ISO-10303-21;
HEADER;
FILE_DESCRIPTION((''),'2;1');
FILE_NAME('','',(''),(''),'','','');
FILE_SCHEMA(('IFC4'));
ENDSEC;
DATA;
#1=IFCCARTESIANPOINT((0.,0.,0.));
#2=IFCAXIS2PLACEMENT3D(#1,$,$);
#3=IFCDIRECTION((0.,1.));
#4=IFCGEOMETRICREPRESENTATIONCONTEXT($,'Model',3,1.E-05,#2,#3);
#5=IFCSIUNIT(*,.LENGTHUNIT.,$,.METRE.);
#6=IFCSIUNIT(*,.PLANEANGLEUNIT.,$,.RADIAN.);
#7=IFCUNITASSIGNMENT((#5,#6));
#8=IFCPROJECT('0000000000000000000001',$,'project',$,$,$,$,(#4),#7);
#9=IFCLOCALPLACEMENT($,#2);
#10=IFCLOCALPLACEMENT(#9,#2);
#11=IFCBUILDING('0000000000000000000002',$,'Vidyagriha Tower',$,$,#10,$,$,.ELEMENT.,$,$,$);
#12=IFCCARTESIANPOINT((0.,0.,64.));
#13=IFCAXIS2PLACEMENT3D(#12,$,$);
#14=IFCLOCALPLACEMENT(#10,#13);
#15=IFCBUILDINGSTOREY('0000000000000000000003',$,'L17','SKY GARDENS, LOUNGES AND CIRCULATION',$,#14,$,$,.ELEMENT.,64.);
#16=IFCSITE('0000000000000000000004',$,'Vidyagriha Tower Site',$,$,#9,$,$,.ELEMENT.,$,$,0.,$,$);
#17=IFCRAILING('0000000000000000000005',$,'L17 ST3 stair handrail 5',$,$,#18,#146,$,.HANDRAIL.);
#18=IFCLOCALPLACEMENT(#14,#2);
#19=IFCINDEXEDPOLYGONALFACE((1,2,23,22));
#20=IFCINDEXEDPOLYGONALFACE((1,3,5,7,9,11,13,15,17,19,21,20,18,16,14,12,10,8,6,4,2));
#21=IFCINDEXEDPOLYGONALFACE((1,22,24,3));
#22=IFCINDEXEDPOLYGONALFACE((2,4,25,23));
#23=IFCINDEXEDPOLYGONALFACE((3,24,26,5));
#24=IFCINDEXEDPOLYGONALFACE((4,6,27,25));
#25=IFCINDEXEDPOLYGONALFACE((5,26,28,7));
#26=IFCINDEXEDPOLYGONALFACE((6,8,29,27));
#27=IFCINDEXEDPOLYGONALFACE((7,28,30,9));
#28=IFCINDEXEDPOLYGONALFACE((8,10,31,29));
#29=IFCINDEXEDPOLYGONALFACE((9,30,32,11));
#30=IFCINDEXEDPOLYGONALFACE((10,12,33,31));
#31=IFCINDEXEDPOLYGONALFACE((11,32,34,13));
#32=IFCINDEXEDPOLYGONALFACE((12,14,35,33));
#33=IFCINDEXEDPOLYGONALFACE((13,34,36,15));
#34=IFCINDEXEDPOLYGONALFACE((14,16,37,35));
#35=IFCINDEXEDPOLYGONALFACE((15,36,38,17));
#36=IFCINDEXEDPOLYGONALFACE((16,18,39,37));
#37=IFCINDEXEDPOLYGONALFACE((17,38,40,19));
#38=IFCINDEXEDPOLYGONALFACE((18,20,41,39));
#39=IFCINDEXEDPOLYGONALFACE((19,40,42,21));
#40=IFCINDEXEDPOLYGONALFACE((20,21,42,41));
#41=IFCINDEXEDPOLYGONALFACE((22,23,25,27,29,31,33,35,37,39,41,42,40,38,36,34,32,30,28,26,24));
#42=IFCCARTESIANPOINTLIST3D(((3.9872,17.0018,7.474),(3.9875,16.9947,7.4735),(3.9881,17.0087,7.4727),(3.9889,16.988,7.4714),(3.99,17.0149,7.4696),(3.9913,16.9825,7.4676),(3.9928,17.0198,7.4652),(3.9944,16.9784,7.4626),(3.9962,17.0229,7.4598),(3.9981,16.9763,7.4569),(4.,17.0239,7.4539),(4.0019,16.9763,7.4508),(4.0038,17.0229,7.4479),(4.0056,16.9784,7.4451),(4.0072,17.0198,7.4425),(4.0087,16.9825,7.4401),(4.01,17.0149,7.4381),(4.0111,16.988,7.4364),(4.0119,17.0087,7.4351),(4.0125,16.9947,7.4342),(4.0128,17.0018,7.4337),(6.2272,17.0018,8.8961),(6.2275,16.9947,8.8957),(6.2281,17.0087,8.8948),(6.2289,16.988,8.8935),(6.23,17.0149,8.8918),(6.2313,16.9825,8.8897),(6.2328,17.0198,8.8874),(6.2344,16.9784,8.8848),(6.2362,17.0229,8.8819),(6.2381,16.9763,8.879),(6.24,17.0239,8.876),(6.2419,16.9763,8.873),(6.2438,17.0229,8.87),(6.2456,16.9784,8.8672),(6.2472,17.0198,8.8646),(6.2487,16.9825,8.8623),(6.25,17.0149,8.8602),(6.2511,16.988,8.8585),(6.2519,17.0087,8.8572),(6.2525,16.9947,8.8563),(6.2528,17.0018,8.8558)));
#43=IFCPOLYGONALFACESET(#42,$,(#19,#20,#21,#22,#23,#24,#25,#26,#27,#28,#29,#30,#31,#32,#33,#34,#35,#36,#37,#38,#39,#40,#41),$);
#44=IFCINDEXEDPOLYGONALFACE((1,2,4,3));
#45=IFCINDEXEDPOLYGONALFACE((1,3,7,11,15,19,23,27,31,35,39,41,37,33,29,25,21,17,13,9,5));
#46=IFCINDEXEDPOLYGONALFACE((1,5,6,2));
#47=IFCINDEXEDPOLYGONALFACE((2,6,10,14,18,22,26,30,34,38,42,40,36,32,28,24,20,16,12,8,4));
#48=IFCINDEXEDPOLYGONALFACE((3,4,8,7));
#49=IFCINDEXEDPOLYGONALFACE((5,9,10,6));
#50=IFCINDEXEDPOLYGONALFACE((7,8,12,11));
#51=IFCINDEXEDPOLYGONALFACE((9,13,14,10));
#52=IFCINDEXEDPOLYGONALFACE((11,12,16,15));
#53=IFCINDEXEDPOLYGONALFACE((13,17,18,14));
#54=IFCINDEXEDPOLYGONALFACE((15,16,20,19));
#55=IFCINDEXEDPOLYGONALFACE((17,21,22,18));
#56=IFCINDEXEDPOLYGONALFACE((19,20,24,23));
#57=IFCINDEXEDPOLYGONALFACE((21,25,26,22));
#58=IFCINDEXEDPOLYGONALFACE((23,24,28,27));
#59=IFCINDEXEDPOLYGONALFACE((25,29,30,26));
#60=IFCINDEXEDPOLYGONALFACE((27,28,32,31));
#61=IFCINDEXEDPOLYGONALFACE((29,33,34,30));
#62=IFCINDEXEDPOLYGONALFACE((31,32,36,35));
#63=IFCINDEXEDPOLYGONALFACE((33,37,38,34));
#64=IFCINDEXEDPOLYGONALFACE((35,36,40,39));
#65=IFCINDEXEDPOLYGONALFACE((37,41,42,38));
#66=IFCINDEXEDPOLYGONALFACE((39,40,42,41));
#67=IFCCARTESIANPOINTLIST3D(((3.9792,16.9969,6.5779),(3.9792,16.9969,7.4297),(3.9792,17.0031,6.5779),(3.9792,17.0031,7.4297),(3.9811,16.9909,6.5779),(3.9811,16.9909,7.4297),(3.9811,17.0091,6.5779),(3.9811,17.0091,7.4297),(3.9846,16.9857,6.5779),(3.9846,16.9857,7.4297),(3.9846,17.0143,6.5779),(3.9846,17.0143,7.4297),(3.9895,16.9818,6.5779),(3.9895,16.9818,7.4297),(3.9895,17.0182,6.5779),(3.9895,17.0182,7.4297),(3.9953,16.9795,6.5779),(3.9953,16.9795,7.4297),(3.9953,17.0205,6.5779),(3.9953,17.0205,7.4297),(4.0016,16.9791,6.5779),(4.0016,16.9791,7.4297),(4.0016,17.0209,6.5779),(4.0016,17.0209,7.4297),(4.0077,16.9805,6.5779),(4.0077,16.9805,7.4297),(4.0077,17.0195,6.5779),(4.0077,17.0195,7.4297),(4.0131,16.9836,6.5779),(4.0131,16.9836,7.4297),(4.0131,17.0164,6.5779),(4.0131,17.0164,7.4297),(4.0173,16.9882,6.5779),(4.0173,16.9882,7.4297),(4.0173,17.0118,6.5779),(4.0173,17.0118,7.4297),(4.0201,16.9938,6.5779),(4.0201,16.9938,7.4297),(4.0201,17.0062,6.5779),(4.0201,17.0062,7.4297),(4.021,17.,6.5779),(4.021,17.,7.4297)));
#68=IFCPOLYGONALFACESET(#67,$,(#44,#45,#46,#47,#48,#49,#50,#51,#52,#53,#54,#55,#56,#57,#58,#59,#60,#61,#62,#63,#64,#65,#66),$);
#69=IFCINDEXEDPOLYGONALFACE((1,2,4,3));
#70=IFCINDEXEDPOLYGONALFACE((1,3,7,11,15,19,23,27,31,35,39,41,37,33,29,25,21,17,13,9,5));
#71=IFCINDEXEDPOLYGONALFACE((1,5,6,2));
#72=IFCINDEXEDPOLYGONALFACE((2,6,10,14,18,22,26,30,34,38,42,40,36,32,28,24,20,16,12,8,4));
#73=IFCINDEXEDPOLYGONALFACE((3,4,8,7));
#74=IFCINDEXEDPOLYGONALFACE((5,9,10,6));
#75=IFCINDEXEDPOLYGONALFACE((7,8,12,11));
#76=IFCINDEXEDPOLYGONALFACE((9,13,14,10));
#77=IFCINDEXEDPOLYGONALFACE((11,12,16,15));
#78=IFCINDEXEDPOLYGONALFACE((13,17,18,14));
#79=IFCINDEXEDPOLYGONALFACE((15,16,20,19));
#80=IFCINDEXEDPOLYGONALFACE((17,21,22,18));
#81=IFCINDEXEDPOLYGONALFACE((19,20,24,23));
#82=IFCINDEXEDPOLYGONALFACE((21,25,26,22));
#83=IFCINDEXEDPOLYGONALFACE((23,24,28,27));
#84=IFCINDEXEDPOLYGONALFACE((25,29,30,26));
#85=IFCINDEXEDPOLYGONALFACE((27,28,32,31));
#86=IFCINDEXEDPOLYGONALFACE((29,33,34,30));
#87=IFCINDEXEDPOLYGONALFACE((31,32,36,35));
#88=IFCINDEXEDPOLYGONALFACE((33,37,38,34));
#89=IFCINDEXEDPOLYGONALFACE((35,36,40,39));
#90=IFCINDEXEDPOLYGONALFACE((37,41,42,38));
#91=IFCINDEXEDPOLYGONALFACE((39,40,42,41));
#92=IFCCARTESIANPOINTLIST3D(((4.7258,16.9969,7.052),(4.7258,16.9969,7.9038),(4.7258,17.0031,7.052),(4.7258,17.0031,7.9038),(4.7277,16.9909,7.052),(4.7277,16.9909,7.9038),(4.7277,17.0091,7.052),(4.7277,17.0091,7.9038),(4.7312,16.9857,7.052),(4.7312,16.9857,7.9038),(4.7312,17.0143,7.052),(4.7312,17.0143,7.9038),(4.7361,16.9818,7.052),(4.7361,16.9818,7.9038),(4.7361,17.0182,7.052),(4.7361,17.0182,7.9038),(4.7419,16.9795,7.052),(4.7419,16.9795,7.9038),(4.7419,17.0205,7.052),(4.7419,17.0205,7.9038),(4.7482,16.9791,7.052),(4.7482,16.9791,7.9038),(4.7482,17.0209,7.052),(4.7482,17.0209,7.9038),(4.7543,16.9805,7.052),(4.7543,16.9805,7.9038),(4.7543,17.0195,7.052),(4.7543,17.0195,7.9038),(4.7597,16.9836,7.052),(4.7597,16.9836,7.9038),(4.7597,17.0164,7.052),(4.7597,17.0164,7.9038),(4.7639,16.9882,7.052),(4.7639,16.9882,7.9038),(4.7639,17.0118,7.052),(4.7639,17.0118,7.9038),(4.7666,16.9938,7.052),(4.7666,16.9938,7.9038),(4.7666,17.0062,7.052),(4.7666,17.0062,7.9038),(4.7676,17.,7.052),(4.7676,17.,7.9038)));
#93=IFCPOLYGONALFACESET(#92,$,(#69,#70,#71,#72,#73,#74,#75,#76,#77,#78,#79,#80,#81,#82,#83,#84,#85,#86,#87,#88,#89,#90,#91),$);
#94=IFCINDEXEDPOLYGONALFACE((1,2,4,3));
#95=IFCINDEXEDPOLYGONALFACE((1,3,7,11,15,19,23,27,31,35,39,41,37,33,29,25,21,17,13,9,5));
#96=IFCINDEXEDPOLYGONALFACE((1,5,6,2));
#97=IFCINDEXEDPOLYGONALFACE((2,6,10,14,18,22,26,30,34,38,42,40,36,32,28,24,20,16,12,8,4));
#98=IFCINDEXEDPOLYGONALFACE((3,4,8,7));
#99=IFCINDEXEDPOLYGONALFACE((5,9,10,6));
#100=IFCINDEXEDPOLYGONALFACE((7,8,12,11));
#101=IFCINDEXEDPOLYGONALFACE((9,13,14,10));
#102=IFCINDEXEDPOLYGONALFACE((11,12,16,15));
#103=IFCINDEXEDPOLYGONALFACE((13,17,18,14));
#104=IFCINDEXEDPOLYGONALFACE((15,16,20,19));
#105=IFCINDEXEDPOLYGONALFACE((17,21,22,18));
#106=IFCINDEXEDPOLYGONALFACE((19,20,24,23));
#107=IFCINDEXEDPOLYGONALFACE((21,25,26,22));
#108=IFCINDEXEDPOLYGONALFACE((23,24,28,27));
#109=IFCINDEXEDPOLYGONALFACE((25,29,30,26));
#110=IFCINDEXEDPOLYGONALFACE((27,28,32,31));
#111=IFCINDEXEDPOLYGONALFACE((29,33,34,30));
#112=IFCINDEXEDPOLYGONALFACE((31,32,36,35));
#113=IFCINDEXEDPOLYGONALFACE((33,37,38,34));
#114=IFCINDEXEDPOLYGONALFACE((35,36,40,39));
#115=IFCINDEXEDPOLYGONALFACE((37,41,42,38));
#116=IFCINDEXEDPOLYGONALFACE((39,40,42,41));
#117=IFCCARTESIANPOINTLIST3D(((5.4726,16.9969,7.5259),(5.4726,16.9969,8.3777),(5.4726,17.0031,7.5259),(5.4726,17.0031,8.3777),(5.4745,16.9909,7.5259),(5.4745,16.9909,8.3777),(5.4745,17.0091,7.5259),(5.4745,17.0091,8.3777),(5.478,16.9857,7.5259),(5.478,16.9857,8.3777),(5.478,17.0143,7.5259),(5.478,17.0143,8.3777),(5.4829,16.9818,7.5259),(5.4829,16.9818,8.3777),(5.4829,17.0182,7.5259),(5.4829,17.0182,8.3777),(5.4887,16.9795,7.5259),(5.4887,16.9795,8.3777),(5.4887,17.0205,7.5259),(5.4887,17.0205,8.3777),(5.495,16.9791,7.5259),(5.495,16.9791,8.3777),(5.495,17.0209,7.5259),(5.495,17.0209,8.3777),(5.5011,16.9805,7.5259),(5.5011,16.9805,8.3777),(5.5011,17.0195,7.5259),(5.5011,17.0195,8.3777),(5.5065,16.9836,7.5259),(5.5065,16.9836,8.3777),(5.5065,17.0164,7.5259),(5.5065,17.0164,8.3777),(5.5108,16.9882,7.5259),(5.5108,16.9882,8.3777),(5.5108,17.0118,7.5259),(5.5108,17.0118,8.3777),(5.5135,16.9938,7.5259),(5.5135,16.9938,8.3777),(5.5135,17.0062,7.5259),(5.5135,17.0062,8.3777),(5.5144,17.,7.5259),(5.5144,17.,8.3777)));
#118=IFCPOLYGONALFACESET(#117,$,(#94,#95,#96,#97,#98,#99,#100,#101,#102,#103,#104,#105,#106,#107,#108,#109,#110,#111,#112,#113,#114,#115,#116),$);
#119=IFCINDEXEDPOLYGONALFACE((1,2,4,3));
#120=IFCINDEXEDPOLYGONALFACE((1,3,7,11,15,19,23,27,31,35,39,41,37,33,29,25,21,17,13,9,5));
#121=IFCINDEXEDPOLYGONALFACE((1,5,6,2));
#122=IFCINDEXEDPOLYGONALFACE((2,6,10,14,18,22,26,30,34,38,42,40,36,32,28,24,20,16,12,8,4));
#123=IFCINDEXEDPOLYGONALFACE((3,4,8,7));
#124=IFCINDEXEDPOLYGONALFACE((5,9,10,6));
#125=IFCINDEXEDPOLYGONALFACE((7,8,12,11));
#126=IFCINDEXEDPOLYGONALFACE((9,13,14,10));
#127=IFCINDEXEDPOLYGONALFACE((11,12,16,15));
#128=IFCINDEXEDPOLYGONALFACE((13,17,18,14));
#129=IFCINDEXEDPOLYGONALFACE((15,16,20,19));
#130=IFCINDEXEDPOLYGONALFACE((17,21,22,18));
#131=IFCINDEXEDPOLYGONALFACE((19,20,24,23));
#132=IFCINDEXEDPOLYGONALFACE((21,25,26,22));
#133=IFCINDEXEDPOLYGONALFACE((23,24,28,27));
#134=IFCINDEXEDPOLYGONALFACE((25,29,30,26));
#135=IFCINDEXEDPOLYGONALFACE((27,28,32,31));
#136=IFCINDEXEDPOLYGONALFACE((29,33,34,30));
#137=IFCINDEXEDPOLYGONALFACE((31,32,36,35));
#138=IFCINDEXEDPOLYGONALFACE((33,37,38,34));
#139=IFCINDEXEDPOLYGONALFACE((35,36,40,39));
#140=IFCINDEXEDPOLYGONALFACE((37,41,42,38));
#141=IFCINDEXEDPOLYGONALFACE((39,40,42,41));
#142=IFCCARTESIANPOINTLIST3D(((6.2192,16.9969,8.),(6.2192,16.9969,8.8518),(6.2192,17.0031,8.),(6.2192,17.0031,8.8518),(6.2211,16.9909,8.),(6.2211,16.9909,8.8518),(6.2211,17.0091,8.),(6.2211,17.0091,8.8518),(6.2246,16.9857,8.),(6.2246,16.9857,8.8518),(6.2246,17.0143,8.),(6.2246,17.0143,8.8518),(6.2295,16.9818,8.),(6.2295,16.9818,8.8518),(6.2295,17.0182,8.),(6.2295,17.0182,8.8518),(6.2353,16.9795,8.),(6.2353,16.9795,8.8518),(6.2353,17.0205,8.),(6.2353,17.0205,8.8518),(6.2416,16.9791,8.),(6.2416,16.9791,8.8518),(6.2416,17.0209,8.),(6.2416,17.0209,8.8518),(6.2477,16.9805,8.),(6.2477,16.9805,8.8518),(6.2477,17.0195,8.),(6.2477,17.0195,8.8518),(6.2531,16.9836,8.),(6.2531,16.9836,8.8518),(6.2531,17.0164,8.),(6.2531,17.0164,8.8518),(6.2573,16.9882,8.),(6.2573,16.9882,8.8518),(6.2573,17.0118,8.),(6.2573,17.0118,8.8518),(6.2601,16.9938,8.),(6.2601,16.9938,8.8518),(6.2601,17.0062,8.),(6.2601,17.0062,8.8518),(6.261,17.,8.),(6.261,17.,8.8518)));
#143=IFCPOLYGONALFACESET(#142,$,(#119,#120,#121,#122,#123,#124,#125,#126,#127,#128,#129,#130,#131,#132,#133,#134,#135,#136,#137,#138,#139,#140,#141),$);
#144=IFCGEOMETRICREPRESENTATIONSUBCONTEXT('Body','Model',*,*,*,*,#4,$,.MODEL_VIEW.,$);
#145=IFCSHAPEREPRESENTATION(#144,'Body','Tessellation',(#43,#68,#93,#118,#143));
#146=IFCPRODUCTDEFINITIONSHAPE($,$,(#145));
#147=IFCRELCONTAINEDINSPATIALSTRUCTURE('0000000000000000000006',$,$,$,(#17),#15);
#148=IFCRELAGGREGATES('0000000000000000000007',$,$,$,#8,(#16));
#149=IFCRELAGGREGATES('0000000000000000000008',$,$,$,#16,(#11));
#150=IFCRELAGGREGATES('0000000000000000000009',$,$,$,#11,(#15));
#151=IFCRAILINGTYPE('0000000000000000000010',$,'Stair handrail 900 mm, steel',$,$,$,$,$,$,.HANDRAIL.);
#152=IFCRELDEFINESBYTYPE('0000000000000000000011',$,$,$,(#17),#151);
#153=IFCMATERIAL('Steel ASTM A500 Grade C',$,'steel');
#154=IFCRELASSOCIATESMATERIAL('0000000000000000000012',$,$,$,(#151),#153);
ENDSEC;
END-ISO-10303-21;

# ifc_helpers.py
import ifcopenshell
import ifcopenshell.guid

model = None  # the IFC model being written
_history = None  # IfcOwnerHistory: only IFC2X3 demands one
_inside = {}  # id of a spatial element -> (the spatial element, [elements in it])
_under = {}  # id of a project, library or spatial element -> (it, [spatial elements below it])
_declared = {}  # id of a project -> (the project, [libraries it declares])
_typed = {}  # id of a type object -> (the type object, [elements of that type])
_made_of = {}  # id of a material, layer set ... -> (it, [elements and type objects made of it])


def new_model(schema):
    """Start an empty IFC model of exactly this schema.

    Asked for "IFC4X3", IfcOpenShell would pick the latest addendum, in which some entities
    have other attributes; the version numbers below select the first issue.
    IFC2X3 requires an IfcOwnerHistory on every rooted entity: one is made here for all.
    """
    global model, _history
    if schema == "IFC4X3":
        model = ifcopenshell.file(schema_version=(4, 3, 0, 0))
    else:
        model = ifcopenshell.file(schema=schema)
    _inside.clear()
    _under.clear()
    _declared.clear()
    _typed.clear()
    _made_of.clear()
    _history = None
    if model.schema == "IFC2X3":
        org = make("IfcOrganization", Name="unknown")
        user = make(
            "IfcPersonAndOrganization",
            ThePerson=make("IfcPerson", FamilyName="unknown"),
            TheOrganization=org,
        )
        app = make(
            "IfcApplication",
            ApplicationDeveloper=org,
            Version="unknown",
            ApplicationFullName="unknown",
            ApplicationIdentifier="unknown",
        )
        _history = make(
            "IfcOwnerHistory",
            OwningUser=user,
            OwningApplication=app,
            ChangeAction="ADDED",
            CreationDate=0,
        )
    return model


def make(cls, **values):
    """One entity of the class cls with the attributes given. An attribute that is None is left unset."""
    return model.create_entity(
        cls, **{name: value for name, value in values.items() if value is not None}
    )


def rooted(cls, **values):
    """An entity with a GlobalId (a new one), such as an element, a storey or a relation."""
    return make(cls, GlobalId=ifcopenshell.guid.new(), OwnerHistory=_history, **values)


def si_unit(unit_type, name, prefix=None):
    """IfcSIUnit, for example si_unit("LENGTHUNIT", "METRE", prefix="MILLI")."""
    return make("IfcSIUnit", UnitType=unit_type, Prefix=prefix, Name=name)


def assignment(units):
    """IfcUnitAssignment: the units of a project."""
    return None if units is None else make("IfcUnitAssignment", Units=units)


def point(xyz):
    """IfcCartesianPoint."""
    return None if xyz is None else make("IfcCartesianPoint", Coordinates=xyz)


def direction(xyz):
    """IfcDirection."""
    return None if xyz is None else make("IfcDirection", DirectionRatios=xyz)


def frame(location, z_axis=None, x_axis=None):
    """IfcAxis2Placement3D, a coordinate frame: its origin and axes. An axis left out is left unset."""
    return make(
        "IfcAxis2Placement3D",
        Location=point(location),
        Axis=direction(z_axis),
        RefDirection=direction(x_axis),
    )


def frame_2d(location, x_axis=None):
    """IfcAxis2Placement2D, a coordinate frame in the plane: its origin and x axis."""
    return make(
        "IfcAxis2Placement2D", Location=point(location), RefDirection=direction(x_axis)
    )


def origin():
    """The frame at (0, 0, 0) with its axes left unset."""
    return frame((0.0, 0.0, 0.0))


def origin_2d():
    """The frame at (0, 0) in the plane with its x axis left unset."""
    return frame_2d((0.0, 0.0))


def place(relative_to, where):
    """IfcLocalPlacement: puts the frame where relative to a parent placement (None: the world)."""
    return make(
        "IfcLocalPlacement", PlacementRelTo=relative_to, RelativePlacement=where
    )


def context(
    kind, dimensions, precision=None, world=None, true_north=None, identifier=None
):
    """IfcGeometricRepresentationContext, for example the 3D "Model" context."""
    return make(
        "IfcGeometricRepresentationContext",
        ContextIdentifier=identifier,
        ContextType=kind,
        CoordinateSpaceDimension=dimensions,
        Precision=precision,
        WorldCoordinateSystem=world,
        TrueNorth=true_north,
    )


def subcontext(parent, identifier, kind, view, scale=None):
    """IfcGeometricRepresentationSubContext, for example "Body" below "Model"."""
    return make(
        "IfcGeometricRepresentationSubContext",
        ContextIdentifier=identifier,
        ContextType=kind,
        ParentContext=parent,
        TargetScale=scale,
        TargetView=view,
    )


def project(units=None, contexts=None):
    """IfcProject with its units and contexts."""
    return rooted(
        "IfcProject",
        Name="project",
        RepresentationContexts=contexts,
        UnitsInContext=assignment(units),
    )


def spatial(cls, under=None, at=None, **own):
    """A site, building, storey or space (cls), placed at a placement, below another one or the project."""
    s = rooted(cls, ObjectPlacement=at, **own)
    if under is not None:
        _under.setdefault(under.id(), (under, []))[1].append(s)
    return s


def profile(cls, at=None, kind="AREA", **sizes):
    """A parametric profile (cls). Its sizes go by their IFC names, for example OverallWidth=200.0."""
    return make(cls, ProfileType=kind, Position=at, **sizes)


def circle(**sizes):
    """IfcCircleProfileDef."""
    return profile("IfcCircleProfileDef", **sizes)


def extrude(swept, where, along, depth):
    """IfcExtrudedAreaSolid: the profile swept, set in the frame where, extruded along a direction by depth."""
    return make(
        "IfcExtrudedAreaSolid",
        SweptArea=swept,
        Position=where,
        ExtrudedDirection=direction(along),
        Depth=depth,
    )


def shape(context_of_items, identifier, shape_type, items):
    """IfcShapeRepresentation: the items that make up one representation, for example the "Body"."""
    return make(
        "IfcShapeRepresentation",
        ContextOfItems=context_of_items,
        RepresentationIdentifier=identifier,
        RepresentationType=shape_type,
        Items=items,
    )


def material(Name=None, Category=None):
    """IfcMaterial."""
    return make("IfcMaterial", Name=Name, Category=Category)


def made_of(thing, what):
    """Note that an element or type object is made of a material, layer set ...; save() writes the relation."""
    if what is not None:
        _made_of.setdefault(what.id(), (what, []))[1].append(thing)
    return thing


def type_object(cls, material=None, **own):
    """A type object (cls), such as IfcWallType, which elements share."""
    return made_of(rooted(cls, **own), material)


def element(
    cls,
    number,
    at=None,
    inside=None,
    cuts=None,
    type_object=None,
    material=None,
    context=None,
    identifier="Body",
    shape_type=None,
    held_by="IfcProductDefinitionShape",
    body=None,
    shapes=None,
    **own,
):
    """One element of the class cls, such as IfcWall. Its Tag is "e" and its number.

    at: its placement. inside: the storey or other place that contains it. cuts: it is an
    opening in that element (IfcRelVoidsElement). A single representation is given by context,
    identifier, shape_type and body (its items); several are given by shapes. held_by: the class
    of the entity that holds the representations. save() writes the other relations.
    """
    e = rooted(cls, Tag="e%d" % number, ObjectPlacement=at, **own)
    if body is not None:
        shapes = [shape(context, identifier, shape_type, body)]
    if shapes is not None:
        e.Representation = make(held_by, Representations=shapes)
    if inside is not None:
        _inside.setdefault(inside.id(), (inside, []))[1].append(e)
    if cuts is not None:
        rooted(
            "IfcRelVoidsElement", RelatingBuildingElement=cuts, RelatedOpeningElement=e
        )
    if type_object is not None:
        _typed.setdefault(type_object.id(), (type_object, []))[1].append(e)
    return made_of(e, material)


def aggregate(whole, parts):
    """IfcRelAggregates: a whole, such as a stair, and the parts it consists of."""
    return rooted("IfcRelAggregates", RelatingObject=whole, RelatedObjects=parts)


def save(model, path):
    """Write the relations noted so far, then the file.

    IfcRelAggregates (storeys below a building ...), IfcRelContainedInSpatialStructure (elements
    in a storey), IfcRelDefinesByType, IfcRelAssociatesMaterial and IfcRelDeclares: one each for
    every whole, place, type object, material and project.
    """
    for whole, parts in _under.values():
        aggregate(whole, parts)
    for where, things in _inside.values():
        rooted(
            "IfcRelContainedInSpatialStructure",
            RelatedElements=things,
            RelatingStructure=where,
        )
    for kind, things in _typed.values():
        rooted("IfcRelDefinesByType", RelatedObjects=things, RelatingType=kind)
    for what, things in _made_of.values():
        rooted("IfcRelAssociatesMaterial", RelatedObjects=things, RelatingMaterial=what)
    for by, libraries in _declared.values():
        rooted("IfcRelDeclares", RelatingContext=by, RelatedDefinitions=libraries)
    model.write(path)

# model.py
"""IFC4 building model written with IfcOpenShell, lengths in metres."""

from ifc_helpers import new_model, si_unit, direction, frame, origin, origin_2d, place, context, subcontext, project, spatial, circle, extrude, material, type_object, element, save


model = new_model("IFC4")

# Units and contexts
model_context = context("Model", 3, precision=1e-05, world=origin(), true_north=direction((0.0, 1.0)))
body_context = subcontext(model_context, "Body", "Model", "MODEL_VIEW")
ifc_project = project(units=[si_unit("LENGTHUNIT", "METRE"), si_unit("PLANEANGLEUNIT", "RADIAN")], contexts=[model_context])

# Site, building, storey
site_placement = place(None, origin())
site = spatial("IfcSite", under=ifc_project, at=site_placement, Name="Vidyagriha Tower Site", CompositionType="ELEMENT", RefElevation=0.0)
building_placement = place(site_placement, origin())
building = spatial("IfcBuilding", under=site, at=building_placement, Name="Vidyagriha Tower", CompositionType="ELEMENT")
storey_placement = place(building_placement, frame((0.0, 0.0, 64.0)))
storey = spatial("IfcBuildingStorey", under=building, at=storey_placement, Name="L17", Description="SKY GARDENS, LOUNGES AND CIRCULATION", CompositionType="ELEMENT", Elevation=64.0)

# Railing
ifc_material_1 = material(Name="Steel ASTM A500 Grade C", Category="steel")
railing_type = type_object("IfcRailingType", Name="Stair handrail 900 mm, steel", PredefinedType="HANDRAIL", material=ifc_material_1)
railing_placement = place(storey_placement, frame((4.0, 17.0, 6.5779)))
element("IfcRailing", 1, at=railing_placement, inside=storey, type_object=railing_type, Name="L17 ST3 stair handrail 5", PredefinedType="HANDRAIL", context=body_context, shape_type="SweptSolid", body=[
    extrude(circle(Radius=0.0239, at=origin_2d()), frame((0.0, 0.0, 0.876), z_axis=(0.844229, 0.0, 0.535982), x_axis=(0.0, 1.0, 0.0)), (0.0, 0.0, 1.0), 2.6533),
    extrude(circle(Radius=0.021, at=origin_2d()), origin(), (0.0, 0.0, 1.0), 0.8518),
    extrude(circle(Radius=0.021, at=origin_2d()), frame((0.7466, 0.0, 0.4741)), (0.0, 0.0, 1.0), 0.8518),
    extrude(circle(Radius=0.021, at=origin_2d()), frame((1.4934, 0.0, 0.948)), (0.0, 0.0, 1.0), 0.8518),
    extrude(circle(Radius=0.021, at=origin_2d()), frame((2.24, 0.0, 1.4221)), (0.0, 0.0, 1.0), 0.8518),
])

save(model, "model.ifc")
